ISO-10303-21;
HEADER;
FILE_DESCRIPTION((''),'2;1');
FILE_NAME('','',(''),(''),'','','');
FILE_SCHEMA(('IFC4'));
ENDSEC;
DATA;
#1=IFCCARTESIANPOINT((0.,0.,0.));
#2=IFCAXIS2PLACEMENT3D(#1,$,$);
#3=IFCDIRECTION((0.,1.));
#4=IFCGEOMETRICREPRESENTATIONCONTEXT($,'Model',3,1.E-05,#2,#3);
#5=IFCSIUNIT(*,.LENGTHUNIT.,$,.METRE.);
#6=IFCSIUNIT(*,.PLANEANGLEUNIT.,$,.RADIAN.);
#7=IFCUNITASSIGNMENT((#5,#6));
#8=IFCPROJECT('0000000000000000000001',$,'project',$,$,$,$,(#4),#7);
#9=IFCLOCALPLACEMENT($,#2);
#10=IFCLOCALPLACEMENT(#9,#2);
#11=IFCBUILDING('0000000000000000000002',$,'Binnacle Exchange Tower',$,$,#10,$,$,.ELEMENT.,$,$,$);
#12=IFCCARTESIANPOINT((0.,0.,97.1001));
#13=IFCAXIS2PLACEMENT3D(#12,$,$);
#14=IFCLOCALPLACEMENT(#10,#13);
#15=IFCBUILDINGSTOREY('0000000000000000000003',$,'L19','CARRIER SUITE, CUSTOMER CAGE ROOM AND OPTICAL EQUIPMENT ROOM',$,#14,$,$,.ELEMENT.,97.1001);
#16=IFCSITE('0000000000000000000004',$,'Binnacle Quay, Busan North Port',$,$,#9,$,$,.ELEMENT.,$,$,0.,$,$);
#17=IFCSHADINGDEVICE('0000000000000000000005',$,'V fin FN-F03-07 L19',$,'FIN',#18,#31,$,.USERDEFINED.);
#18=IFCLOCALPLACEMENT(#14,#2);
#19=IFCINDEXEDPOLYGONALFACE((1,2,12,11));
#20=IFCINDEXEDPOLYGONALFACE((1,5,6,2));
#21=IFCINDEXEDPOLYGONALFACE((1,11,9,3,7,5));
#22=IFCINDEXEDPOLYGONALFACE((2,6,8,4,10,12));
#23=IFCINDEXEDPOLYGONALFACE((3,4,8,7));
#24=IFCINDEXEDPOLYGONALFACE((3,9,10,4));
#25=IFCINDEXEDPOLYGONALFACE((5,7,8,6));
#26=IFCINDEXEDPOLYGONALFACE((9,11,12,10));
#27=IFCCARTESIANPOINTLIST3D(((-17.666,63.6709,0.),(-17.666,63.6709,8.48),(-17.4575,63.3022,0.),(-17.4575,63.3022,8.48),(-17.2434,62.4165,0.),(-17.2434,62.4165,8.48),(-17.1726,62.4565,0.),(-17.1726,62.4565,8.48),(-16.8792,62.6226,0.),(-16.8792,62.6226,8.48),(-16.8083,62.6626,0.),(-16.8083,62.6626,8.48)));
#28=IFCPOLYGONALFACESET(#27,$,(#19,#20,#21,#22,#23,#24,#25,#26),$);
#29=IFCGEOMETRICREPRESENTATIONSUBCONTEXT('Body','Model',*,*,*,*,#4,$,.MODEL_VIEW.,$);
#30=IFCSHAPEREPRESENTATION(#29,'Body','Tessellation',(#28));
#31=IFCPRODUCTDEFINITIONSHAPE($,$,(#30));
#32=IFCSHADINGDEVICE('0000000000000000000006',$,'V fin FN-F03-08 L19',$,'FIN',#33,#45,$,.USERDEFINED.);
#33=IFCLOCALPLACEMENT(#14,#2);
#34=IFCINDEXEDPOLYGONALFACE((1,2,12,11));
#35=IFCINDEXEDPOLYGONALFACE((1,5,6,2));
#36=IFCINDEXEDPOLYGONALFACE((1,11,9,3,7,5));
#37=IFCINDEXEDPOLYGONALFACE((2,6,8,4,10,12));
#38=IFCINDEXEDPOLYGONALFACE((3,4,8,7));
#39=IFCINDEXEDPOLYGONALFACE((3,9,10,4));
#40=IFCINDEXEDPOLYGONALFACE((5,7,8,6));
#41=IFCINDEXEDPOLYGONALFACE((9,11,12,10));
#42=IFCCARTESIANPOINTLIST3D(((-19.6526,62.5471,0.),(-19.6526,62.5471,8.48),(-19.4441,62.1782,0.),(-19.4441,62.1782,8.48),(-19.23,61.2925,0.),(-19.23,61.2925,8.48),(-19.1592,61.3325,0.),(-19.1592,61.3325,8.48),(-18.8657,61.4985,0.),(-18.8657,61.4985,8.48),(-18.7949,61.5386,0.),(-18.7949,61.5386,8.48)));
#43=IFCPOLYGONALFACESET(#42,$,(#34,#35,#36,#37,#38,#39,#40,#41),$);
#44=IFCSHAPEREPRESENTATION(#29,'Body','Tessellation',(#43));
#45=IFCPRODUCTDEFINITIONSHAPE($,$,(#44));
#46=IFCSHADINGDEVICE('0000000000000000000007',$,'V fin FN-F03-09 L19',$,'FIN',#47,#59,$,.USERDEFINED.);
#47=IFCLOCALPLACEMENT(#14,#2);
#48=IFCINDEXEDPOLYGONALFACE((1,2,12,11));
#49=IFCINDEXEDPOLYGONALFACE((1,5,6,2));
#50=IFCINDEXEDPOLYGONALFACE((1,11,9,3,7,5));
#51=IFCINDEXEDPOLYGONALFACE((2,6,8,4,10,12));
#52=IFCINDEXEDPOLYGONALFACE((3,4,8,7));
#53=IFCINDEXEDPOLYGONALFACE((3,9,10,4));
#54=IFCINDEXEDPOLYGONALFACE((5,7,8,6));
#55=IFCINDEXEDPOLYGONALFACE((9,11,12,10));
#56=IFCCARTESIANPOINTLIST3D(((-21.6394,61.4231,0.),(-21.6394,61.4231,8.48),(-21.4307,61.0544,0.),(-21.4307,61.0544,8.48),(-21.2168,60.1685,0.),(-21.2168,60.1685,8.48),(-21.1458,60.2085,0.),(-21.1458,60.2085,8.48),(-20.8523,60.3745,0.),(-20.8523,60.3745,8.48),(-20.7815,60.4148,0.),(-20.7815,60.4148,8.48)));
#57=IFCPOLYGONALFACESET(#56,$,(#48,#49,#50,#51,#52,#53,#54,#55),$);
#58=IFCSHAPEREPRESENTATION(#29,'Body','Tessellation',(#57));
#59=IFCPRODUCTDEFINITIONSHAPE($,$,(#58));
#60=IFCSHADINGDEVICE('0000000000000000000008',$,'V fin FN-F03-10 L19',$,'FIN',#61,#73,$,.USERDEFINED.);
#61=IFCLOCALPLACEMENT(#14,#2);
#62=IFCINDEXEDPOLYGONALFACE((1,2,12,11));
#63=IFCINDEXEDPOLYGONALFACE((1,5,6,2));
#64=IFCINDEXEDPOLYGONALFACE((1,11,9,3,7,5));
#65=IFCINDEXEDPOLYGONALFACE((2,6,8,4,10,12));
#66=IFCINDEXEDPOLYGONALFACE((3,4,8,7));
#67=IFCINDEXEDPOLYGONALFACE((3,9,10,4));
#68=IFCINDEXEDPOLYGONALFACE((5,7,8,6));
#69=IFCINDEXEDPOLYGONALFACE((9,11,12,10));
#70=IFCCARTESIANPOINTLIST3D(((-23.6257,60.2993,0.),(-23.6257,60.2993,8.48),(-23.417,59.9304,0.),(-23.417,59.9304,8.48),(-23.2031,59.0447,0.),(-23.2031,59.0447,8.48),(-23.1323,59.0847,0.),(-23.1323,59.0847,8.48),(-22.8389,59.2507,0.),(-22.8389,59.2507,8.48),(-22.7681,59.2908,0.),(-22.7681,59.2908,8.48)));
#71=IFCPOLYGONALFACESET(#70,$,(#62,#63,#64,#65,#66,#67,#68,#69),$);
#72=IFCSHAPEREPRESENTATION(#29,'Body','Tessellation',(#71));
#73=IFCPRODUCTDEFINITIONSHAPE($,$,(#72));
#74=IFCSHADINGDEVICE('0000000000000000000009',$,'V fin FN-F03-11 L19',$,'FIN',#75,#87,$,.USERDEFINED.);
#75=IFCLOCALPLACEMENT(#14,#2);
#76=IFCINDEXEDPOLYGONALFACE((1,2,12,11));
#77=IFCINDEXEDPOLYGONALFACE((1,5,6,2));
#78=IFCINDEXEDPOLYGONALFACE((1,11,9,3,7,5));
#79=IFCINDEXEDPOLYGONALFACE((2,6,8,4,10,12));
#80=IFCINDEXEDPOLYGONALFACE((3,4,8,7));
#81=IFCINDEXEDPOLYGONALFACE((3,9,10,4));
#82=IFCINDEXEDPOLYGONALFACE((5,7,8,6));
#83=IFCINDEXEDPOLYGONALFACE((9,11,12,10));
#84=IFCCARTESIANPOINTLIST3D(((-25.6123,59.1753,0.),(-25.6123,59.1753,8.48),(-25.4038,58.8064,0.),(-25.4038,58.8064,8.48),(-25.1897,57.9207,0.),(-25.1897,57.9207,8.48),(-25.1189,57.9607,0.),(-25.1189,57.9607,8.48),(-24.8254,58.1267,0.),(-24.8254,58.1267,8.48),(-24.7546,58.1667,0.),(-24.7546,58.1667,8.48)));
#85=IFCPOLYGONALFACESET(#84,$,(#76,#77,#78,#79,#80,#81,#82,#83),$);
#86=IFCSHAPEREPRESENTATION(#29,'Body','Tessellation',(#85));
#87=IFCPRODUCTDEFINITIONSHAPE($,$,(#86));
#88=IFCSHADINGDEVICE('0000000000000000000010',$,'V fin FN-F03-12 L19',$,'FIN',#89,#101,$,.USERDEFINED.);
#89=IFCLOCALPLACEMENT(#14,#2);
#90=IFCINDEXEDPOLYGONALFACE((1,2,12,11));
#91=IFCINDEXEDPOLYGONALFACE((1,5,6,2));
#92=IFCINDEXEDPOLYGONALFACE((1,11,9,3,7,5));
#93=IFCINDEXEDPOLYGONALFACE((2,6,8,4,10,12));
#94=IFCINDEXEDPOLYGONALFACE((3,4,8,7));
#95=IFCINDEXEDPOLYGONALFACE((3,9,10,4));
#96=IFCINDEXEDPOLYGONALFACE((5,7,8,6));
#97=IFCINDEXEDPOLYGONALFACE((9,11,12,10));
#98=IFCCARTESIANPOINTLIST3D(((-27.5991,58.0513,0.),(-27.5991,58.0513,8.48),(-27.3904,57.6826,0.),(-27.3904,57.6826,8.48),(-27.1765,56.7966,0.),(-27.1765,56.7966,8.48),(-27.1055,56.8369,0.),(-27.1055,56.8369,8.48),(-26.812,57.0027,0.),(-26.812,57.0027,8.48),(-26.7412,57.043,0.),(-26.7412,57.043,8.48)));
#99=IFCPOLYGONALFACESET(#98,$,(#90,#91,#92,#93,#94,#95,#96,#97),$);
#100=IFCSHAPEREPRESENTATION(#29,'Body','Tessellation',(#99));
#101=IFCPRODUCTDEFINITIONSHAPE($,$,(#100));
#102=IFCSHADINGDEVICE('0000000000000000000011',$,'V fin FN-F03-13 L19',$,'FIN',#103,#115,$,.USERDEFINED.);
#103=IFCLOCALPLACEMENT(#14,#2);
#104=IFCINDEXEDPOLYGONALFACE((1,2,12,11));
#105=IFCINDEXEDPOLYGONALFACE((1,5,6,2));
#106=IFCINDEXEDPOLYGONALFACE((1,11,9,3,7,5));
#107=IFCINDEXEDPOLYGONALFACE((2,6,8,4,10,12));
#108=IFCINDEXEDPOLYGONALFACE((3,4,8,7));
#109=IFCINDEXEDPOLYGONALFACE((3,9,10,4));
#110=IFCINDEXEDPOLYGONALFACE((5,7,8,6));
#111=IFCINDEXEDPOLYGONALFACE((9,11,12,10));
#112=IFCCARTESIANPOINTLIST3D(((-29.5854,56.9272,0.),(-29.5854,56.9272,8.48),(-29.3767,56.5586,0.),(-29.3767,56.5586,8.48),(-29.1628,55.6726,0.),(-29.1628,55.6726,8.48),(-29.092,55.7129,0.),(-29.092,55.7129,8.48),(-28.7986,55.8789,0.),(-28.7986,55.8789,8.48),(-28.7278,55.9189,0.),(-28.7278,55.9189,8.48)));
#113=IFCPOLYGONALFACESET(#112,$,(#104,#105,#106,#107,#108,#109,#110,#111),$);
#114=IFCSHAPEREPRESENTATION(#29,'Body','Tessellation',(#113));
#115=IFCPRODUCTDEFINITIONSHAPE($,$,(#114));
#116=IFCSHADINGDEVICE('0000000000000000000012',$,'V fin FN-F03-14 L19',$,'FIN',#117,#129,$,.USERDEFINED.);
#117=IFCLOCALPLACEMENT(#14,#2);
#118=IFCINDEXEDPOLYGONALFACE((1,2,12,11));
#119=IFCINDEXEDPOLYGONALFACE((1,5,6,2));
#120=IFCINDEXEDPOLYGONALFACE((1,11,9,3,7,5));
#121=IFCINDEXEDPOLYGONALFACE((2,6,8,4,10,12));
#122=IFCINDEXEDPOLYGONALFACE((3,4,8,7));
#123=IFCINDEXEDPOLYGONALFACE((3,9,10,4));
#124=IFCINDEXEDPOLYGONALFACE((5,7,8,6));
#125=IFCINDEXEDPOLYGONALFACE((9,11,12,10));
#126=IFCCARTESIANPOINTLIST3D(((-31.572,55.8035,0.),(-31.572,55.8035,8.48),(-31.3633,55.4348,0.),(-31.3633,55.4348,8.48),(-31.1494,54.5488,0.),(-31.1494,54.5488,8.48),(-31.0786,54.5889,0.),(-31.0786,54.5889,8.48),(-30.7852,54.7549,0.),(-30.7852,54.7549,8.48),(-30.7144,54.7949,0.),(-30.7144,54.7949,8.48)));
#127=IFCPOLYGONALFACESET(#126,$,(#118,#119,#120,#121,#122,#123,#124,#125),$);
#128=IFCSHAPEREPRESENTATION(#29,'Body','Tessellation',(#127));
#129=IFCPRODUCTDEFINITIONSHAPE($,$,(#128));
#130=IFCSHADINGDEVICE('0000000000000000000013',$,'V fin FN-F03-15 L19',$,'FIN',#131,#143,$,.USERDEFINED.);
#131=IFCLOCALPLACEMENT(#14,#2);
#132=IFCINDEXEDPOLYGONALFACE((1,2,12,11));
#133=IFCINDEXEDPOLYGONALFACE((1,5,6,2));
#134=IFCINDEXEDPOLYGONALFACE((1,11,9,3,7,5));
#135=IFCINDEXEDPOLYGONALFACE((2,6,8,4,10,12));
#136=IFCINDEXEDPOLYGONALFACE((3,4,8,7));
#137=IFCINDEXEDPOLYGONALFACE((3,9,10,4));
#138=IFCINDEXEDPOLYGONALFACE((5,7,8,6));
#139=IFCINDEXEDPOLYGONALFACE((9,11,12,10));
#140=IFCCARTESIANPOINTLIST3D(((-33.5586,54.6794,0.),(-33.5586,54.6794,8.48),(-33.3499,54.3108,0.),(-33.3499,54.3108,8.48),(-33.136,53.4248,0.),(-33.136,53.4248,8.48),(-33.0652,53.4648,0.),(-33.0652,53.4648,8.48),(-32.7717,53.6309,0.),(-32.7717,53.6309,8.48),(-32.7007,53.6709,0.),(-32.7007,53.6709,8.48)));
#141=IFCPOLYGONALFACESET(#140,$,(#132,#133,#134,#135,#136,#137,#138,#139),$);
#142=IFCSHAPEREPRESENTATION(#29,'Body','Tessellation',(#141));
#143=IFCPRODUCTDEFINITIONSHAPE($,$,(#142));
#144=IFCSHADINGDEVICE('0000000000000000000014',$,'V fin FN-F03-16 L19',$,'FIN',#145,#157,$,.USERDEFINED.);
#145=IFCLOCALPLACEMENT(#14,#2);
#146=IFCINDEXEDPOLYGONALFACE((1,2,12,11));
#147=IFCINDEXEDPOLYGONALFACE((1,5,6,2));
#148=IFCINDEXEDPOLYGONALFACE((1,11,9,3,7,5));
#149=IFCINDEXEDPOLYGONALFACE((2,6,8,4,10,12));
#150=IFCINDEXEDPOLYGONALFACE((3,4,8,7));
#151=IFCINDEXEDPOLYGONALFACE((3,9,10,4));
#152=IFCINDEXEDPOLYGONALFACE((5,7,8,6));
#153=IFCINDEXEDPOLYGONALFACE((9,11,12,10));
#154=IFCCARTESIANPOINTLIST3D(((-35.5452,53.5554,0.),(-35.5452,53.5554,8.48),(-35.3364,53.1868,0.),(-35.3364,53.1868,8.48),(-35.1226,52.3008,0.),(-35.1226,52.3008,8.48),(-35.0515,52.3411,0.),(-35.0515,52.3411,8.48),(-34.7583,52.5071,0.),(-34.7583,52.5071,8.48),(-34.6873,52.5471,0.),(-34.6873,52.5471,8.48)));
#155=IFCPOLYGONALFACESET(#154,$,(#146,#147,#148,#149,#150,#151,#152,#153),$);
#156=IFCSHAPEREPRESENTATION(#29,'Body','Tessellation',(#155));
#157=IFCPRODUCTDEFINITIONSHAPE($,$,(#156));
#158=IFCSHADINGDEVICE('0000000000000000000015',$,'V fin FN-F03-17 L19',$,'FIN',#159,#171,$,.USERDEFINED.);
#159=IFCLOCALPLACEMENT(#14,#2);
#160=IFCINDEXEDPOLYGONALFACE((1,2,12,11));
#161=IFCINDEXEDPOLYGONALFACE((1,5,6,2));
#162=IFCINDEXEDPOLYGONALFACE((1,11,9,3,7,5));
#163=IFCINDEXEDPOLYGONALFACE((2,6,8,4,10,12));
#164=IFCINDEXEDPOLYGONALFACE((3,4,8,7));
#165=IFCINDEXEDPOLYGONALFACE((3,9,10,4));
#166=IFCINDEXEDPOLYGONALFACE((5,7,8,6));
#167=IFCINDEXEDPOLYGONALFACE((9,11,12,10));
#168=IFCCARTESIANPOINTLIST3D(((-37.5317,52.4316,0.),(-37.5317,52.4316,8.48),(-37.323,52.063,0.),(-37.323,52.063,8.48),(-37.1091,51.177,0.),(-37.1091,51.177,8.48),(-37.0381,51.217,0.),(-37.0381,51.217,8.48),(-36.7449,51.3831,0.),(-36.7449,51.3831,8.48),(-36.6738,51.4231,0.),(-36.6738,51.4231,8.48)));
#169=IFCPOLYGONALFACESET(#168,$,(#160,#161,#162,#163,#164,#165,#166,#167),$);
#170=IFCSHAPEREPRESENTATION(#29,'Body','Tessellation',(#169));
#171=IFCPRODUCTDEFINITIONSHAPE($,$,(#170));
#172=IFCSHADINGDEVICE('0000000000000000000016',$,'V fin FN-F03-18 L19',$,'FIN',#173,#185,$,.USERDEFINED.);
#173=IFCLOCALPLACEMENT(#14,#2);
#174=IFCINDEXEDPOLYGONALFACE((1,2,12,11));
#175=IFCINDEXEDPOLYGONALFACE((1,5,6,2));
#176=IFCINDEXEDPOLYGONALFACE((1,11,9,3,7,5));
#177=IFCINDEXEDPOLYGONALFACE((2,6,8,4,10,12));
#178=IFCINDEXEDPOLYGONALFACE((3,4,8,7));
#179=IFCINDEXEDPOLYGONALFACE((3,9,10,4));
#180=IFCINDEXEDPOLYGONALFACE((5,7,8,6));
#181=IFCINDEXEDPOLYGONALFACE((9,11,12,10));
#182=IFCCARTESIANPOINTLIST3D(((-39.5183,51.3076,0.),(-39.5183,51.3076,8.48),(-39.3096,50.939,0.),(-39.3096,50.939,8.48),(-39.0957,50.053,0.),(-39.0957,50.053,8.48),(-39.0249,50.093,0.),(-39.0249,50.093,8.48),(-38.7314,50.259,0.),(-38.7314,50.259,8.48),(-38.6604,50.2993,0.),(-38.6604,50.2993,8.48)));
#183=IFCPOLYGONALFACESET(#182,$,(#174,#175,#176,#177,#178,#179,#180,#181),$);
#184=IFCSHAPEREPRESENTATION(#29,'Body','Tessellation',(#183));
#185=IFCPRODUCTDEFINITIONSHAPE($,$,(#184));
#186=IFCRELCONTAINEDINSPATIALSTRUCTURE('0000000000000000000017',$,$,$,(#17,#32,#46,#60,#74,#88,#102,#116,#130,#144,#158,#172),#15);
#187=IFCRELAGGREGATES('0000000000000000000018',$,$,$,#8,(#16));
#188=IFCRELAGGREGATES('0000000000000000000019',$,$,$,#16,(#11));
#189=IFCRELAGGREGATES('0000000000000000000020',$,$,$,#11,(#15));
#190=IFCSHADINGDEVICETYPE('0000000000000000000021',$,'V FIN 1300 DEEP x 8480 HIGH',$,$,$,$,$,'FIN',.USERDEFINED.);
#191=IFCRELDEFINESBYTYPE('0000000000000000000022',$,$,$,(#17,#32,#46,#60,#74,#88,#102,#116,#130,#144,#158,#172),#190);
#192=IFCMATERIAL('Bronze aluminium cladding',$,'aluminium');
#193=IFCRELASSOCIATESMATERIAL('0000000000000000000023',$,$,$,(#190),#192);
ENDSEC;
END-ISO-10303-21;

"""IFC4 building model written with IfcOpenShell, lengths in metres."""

from ifc_helpers import new_model, si_unit, direction, frame, origin, place, context, subcontext, project, spatial, polyline, outline, extrude, material, type_object, element, save


model = new_model("IFC4")

# Units and contexts
model_context = context("Model", 3, precision=1e-05, world=origin(), true_north=direction((0.0, 1.0)))
body_context = subcontext(model_context, "Body", "Model", "MODEL_VIEW")
ifc_project = project(units=[si_unit("LENGTHUNIT", "METRE"), si_unit("PLANEANGLEUNIT", "RADIAN")], contexts=[model_context])

# Site, building, storey
site_placement = place(None, origin())
site = spatial("IfcSite", under=ifc_project, at=site_placement, Name="Binnacle Quay, Busan North Port", CompositionType="ELEMENT", RefElevation=0.0)
building_placement = place(site_placement, origin())
building = spatial("IfcBuilding", under=site, at=building_placement, Name="Binnacle Exchange Tower", CompositionType="ELEMENT")
storey_placement = place(building_placement, frame((0.0, 0.0, 97.1001)))
storey = spatial("IfcBuildingStorey", under=building, at=storey_placement, Name="L19", Description="CARRIER SUITE, CUSTOMER CAGE ROOM AND OPTICAL EQUIPMENT ROOM", CompositionType="ELEMENT", Elevation=97.1001)

# Shading devices
ifc_material = material(Name="Bronze aluminium cladding", Category="aluminium")
shading_device_type = type_object("IfcShadingDeviceType", Name="V FIN 1300 DEEP x 8480 HIGH", ElementType="FIN", PredefinedType="USERDEFINED", material=ifc_material)
shading_device_1_placement = place(storey_placement, origin())
element("IfcShadingDevice", 1, at=shading_device_1_placement, inside=storey, type_object=shading_device_type, Name="V fin FN-F03-07 L19", ObjectType="FIN", PredefinedType="USERDEFINED", context=body_context, shape_type="SweptSolid", body=[
    extrude(outline(polyline([(-16.8083, 62.6626), (-17.666, 63.6709), (-17.2434, 62.4165), (-17.1726, 62.4565), (-17.4575, 63.3022), (-16.8792, 62.6226), (-16.8083, 62.6626)])), origin(), (0.0, 0.0, 1.0), 8.48),
])
shading_device_2_placement = place(storey_placement, origin())
element("IfcShadingDevice", 2, at=shading_device_2_placement, inside=storey, type_object=shading_device_type, Name="V fin FN-F03-08 L19", ObjectType="FIN", PredefinedType="USERDEFINED", context=body_context, shape_type="SweptSolid", body=[
    extrude(outline(polyline([(-18.7949, 61.5386), (-19.6526, 62.5471), (-19.23, 61.2925), (-19.1592, 61.3325), (-19.4441, 62.1782), (-18.8657, 61.4985), (-18.7949, 61.5386)])), origin(), (0.0, 0.0, 1.0), 8.48),
])
shading_device_3_placement = place(storey_placement, origin())
element("IfcShadingDevice", 3, at=shading_device_3_placement, inside=storey, type_object=shading_device_type, Name="V fin FN-F03-09 L19", ObjectType="FIN", PredefinedType="USERDEFINED", context=body_context, shape_type="SweptSolid", body=[
    extrude(outline(polyline([(-20.7815, 60.4148), (-21.6394, 61.4231), (-21.2168, 60.1685), (-21.1458, 60.2085), (-21.4307, 61.0544), (-20.8523, 60.3745), (-20.7815, 60.4148)])), origin(), (0.0, 0.0, 1.0), 8.48),
])
shading_device_4_placement = place(storey_placement, origin())
element("IfcShadingDevice", 4, at=shading_device_4_placement, inside=storey, type_object=shading_device_type, Name="V fin FN-F03-10 L19", ObjectType="FIN", PredefinedType="USERDEFINED", context=body_context, shape_type="SweptSolid", body=[
    extrude(outline(polyline([(-22.7681, 59.2908), (-23.6257, 60.2993), (-23.2031, 59.0447), (-23.1323, 59.0847), (-23.417, 59.9304), (-22.8389, 59.2507), (-22.7681, 59.2908)])), origin(), (0.0, 0.0, 1.0), 8.48),
])
shading_device_5_placement = place(storey_placement, origin())
element("IfcShadingDevice", 5, at=shading_device_5_placement, inside=storey, type_object=shading_device_type, Name="V fin FN-F03-11 L19", ObjectType="FIN", PredefinedType="USERDEFINED", context=body_context, shape_type="SweptSolid", body=[
    extrude(outline(polyline([(-24.7546, 58.1667), (-25.6123, 59.1753), (-25.1897, 57.9207), (-25.1189, 57.9607), (-25.4038, 58.8064), (-24.8254, 58.1267), (-24.7546, 58.1667)])), origin(), (0.0, 0.0, 1.0), 8.48),
])
shading_device_6_placement = place(storey_placement, origin())
element("IfcShadingDevice", 6, at=shading_device_6_placement, inside=storey, type_object=shading_device_type, Name="V fin FN-F03-12 L19", ObjectType="FIN", PredefinedType="USERDEFINED", context=body_context, shape_type="SweptSolid", body=[
    extrude(outline(polyline([(-26.7412, 57.043), (-27.5991, 58.0513), (-27.1765, 56.7966), (-27.1055, 56.8369), (-27.3904, 57.6826), (-26.812, 57.0027), (-26.7412, 57.043)])), origin(), (0.0, 0.0, 1.0), 8.48),
])
shading_device_7_placement = place(storey_placement, origin())
element("IfcShadingDevice", 7, at=shading_device_7_placement, inside=storey, type_object=shading_device_type, Name="V fin FN-F03-13 L19", ObjectType="FIN", PredefinedType="USERDEFINED", context=body_context, shape_type="SweptSolid", body=[
    extrude(outline(polyline([(-28.7278, 55.9189), (-29.5854, 56.9272), (-29.1628, 55.6726), (-29.092, 55.7129), (-29.3767, 56.5586), (-28.7986, 55.8789), (-28.7278, 55.9189)])), origin(), (0.0, 0.0, 1.0), 8.48),
])
shading_device_8_placement = place(storey_placement, origin())
element("IfcShadingDevice", 8, at=shading_device_8_placement, inside=storey, type_object=shading_device_type, Name="V fin FN-F03-14 L19", ObjectType="FIN", PredefinedType="USERDEFINED", context=body_context, shape_type="SweptSolid", body=[
    extrude(outline(polyline([(-30.7144, 54.7949), (-31.572, 55.8035), (-31.1494, 54.5488), (-31.0786, 54.5889), (-31.3633, 55.4348), (-30.7852, 54.7549), (-30.7144, 54.7949)])), origin(), (0.0, 0.0, 1.0), 8.48),
])
shading_device_9_placement = place(storey_placement, origin())
element("IfcShadingDevice", 9, at=shading_device_9_placement, inside=storey, type_object=shading_device_type, Name="V fin FN-F03-15 L19", ObjectType="FIN", PredefinedType="USERDEFINED", context=body_context, shape_type="SweptSolid", body=[
    extrude(outline(polyline([(-32.7007, 53.6709), (-33.5586, 54.6794), (-33.136, 53.4248), (-33.0652, 53.4648), (-33.3499, 54.3108), (-32.7717, 53.6309), (-32.7007, 53.6709)])), origin(), (0.0, 0.0, 1.0), 8.48),
])
shading_device_10_placement = place(storey_placement, origin())
element("IfcShadingDevice", 10, at=shading_device_10_placement, inside=storey, type_object=shading_device_type, Name="V fin FN-F03-16 L19", ObjectType="FIN", PredefinedType="USERDEFINED", context=body_context, shape_type="SweptSolid", body=[
    extrude(outline(polyline([(-34.6873, 52.5471), (-35.5452, 53.5554), (-35.1226, 52.3008), (-35.0515, 52.3411), (-35.3364, 53.1868), (-34.7583, 52.5071), (-34.6873, 52.5471)])), origin(), (0.0, 0.0, 1.0), 8.48),
])
shading_device_11_placement = place(storey_placement, origin())
element("IfcShadingDevice", 11, at=shading_device_11_placement, inside=storey, type_object=shading_device_type, Name="V fin FN-F03-17 L19", ObjectType="FIN", PredefinedType="USERDEFINED", context=body_context, shape_type="SweptSolid", body=[
    extrude(outline(polyline([(-36.6738, 51.4231), (-37.5317, 52.4316), (-37.1091, 51.177), (-37.0381, 51.217), (-37.323, 52.063), (-36.7449, 51.3831), (-36.6738, 51.4231)])), origin(), (0.0, 0.0, 1.0), 8.48),
])
shading_device_12_placement = place(storey_placement, origin())
element("IfcShadingDevice", 12, at=shading_device_12_placement, inside=storey, type_object=shading_device_type, Name="V fin FN-F03-18 L19", ObjectType="FIN", PredefinedType="USERDEFINED", context=body_context, shape_type="SweptSolid", body=[
    extrude(outline(polyline([(-38.6604, 50.2993), (-39.5183, 51.3076), (-39.0957, 50.053), (-39.0249, 50.093), (-39.3096, 50.939), (-38.7314, 50.259), (-38.6604, 50.2993)])), origin(), (0.0, 0.0, 1.0), 8.48),
])

save(model, "model.ifc")
